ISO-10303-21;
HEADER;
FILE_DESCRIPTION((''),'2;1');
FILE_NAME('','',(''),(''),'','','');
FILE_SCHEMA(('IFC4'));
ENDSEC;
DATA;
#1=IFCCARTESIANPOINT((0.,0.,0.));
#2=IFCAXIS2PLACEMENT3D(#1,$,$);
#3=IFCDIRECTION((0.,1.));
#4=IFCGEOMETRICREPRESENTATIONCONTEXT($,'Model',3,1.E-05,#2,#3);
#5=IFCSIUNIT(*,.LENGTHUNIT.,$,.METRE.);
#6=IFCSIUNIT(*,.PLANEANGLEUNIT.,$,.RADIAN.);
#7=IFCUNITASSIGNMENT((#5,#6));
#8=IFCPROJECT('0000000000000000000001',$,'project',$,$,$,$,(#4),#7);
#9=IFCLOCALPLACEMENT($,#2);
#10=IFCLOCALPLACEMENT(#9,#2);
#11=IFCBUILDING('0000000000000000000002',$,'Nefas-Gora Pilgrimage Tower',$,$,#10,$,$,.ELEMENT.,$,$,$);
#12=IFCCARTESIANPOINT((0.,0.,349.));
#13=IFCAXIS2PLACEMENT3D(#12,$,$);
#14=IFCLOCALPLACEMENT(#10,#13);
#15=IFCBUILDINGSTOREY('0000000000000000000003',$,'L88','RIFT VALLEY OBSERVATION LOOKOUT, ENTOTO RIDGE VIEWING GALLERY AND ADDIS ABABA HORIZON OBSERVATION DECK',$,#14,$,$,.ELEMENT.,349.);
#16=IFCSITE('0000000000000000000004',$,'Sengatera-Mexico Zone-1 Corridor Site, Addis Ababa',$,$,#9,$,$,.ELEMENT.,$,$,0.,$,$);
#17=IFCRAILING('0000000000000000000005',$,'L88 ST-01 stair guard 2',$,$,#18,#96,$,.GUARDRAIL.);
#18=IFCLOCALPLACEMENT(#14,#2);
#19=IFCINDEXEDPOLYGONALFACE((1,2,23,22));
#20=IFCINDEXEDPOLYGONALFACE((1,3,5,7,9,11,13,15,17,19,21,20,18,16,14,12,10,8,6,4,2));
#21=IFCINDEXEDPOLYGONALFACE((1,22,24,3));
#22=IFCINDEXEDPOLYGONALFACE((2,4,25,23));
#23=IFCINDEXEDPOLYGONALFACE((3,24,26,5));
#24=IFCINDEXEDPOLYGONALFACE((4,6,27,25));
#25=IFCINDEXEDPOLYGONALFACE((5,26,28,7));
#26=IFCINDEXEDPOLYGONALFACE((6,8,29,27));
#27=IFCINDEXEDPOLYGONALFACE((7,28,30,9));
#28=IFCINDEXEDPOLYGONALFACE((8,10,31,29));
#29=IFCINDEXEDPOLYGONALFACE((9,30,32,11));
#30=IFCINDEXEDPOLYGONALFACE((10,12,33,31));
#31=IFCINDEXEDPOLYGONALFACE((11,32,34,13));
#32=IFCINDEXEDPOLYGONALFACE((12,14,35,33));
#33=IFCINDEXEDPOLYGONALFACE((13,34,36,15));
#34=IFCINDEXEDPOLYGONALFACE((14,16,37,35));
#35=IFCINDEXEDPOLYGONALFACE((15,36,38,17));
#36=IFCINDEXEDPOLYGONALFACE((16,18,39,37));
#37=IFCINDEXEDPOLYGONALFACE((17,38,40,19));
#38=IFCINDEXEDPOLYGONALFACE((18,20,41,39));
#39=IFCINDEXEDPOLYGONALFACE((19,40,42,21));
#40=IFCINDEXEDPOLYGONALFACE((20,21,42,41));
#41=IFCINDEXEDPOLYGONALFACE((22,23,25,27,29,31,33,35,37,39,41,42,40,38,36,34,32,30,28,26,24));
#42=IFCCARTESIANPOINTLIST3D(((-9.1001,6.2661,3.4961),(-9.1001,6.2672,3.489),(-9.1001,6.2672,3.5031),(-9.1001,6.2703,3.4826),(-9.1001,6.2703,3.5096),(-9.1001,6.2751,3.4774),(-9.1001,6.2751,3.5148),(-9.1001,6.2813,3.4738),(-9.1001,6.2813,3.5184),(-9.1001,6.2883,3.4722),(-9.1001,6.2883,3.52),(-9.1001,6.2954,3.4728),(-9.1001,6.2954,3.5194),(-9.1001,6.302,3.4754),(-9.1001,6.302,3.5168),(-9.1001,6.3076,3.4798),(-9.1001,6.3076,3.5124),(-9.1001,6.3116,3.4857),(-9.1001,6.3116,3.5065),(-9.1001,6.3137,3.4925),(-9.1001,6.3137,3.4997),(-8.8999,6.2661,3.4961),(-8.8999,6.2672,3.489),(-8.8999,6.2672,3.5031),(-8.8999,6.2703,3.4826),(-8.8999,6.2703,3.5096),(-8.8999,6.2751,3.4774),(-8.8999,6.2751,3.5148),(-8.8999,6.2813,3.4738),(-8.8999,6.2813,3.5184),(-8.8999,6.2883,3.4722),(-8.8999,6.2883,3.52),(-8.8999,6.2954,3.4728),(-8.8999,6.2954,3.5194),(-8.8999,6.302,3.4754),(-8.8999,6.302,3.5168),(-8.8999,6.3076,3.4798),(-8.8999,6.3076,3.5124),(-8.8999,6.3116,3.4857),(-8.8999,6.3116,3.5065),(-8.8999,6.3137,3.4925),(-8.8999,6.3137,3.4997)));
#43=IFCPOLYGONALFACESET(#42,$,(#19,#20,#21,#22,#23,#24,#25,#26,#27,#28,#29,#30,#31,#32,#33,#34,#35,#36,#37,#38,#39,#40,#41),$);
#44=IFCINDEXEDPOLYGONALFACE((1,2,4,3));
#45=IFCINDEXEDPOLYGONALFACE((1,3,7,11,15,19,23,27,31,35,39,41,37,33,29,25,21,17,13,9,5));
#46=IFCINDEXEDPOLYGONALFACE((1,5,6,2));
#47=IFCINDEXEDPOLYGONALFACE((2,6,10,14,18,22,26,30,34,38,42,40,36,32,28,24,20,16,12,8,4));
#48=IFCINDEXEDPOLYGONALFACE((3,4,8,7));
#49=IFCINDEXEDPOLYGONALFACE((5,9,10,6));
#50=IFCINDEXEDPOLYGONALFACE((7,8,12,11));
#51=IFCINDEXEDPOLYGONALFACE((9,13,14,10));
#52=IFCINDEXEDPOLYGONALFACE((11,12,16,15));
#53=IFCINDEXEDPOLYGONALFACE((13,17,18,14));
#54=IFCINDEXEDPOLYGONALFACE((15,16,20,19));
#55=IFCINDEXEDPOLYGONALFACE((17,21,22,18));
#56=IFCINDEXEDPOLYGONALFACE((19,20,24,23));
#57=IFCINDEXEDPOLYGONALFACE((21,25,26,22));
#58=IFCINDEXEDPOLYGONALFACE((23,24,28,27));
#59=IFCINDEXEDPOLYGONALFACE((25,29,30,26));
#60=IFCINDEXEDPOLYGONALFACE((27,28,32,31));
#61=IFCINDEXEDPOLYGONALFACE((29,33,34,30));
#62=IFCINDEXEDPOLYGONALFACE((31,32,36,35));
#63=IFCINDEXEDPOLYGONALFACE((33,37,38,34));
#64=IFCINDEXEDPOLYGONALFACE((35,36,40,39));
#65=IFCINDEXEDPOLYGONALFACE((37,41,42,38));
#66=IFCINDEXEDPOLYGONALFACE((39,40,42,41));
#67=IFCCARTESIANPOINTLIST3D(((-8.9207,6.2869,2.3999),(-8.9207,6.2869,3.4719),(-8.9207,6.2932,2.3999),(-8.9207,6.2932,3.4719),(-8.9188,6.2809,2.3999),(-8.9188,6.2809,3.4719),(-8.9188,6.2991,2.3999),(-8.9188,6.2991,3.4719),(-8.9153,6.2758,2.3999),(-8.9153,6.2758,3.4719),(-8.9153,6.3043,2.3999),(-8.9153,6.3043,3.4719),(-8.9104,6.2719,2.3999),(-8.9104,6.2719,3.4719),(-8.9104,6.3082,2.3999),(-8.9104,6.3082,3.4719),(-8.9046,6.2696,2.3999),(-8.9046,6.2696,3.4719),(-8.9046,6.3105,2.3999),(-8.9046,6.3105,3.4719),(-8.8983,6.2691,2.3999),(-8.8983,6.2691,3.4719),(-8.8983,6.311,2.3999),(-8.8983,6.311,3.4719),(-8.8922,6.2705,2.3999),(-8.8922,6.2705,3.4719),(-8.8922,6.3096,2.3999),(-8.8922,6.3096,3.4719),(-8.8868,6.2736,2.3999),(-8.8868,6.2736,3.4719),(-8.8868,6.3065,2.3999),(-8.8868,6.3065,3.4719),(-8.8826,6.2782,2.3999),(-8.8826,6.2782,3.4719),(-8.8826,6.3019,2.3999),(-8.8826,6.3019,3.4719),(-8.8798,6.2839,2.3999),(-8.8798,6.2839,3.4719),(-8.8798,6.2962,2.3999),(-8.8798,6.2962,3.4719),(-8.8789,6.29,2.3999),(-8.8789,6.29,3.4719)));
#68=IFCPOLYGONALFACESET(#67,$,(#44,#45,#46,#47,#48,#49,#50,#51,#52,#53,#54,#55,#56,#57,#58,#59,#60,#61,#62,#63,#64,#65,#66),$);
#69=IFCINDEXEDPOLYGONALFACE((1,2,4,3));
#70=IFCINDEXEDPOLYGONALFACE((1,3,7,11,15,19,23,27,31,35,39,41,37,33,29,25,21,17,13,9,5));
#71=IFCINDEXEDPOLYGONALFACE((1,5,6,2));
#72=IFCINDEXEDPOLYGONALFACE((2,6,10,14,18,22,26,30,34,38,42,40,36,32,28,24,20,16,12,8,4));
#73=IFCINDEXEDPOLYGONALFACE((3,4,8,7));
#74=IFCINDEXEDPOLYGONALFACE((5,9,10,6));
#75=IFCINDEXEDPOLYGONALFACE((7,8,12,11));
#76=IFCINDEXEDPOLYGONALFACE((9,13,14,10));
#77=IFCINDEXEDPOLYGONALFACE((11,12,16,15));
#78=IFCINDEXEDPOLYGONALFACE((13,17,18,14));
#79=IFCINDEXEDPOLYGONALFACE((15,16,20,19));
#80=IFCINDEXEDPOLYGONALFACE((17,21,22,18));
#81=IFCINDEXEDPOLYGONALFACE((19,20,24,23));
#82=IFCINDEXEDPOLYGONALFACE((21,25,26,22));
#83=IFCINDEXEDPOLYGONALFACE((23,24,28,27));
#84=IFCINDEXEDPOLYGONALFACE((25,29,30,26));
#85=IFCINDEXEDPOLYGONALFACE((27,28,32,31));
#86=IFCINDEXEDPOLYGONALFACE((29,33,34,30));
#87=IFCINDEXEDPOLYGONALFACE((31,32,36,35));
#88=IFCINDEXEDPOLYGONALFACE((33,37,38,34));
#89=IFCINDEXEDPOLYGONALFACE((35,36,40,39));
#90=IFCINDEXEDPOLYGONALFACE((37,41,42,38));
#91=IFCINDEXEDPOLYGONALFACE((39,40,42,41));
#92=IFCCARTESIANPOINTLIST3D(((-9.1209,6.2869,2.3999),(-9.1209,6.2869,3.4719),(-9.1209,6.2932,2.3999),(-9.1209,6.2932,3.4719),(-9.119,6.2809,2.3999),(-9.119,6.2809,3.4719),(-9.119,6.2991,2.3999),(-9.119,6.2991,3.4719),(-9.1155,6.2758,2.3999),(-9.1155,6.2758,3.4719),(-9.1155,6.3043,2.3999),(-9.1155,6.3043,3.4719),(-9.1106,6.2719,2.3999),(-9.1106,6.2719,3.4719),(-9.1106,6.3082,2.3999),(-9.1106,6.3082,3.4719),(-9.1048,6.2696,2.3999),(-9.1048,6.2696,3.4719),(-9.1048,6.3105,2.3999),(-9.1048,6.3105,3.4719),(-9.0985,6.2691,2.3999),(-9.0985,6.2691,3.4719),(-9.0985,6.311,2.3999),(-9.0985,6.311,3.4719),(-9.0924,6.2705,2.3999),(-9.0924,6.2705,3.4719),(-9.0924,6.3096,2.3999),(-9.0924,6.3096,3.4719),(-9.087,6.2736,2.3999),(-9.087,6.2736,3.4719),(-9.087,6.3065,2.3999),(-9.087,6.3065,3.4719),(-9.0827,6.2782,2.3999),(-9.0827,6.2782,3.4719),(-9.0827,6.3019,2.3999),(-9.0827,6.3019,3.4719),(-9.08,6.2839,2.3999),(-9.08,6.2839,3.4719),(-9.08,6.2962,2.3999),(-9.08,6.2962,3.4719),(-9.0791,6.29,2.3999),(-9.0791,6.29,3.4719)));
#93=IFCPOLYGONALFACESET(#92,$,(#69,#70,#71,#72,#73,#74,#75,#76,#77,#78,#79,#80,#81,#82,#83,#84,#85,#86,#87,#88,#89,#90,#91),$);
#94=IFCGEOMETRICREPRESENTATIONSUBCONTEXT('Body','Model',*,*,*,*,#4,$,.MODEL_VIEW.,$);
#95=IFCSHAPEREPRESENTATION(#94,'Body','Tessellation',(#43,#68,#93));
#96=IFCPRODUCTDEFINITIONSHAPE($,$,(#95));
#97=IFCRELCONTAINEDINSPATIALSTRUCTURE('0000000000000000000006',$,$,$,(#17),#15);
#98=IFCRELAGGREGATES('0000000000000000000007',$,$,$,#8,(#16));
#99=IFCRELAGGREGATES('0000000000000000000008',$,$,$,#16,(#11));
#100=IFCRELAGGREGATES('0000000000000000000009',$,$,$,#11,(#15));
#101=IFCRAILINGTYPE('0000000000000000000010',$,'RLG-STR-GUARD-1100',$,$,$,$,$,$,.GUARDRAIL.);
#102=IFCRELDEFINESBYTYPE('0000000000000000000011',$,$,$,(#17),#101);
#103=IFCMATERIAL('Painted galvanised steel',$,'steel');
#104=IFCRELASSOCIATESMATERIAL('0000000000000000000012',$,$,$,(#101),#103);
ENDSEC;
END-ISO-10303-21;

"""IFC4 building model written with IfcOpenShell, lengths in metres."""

from ifc_helpers import new_model, si_unit, direction, frame, origin, origin_2d, place, context, subcontext, project, spatial, circle, extrude, material, type_object, element, save


model = new_model("IFC4")

# Units and contexts
model_context = context("Model", 3, precision=1e-05, world=origin(), true_north=direction((0.0, 1.0)))
body_context = subcontext(model_context, "Body", "Model", "MODEL_VIEW")
ifc_project = project(units=[si_unit("LENGTHUNIT", "METRE"), si_unit("PLANEANGLEUNIT", "RADIAN")], contexts=[model_context])

# Site, building, storey
site_placement = place(None, origin())
site = spatial("IfcSite", under=ifc_project, at=site_placement, Name="Sengatera-Mexico Zone-1 Corridor Site, Addis Ababa", CompositionType="ELEMENT", RefElevation=0.0)
building_placement = place(site_placement, origin())
building = spatial("IfcBuilding", under=site, at=building_placement, Name="Nefas-Gora Pilgrimage Tower", CompositionType="ELEMENT")
storey_placement = place(building_placement, frame((0.0, 0.0, 349.0)))
storey = spatial("IfcBuildingStorey", under=building, at=storey_placement, Name="L88", Description="RIFT VALLEY OBSERVATION LOOKOUT, ENTOTO RIDGE VIEWING GALLERY AND ADDIS ABABA HORIZON OBSERVATION DECK", CompositionType="ELEMENT", Elevation=349.0)

# Railing
ifc_material_1 = material(Name="Painted galvanised steel", Category="steel")
railing_type = type_object("IfcRailingType", Name="RLG-STR-GUARD-1100", PredefinedType="GUARDRAIL", material=ifc_material_1)
railing_placement = place(storey_placement, frame((-8.8999, 6.29, 2.3999)))
element("IfcRailing", 1, at=railing_placement, inside=storey, type_object=railing_type, Name="L88 ST-01 stair guard 2", PredefinedType="GUARDRAIL", context=body_context, shape_type="SweptSolid", body=[
    extrude(circle(Radius=0.0239, at=origin_2d()), frame((0.0, 0.0, 1.0962), z_axis=(-1.0, 0.0, 0.0), x_axis=(0.0, -1.0, 0.0)), (0.0, 0.0, 1.0), 0.2002),
    extrude(circle(Radius=0.021, at=origin_2d()), origin(), (0.0, 0.0, 1.0), 1.072),
    extrude(circle(Radius=0.021, at=origin_2d()), frame((-0.2002, 0.0, 0.0)), (0.0, 0.0, 1.0), 1.072),
])

save(model, "model.ifc")
